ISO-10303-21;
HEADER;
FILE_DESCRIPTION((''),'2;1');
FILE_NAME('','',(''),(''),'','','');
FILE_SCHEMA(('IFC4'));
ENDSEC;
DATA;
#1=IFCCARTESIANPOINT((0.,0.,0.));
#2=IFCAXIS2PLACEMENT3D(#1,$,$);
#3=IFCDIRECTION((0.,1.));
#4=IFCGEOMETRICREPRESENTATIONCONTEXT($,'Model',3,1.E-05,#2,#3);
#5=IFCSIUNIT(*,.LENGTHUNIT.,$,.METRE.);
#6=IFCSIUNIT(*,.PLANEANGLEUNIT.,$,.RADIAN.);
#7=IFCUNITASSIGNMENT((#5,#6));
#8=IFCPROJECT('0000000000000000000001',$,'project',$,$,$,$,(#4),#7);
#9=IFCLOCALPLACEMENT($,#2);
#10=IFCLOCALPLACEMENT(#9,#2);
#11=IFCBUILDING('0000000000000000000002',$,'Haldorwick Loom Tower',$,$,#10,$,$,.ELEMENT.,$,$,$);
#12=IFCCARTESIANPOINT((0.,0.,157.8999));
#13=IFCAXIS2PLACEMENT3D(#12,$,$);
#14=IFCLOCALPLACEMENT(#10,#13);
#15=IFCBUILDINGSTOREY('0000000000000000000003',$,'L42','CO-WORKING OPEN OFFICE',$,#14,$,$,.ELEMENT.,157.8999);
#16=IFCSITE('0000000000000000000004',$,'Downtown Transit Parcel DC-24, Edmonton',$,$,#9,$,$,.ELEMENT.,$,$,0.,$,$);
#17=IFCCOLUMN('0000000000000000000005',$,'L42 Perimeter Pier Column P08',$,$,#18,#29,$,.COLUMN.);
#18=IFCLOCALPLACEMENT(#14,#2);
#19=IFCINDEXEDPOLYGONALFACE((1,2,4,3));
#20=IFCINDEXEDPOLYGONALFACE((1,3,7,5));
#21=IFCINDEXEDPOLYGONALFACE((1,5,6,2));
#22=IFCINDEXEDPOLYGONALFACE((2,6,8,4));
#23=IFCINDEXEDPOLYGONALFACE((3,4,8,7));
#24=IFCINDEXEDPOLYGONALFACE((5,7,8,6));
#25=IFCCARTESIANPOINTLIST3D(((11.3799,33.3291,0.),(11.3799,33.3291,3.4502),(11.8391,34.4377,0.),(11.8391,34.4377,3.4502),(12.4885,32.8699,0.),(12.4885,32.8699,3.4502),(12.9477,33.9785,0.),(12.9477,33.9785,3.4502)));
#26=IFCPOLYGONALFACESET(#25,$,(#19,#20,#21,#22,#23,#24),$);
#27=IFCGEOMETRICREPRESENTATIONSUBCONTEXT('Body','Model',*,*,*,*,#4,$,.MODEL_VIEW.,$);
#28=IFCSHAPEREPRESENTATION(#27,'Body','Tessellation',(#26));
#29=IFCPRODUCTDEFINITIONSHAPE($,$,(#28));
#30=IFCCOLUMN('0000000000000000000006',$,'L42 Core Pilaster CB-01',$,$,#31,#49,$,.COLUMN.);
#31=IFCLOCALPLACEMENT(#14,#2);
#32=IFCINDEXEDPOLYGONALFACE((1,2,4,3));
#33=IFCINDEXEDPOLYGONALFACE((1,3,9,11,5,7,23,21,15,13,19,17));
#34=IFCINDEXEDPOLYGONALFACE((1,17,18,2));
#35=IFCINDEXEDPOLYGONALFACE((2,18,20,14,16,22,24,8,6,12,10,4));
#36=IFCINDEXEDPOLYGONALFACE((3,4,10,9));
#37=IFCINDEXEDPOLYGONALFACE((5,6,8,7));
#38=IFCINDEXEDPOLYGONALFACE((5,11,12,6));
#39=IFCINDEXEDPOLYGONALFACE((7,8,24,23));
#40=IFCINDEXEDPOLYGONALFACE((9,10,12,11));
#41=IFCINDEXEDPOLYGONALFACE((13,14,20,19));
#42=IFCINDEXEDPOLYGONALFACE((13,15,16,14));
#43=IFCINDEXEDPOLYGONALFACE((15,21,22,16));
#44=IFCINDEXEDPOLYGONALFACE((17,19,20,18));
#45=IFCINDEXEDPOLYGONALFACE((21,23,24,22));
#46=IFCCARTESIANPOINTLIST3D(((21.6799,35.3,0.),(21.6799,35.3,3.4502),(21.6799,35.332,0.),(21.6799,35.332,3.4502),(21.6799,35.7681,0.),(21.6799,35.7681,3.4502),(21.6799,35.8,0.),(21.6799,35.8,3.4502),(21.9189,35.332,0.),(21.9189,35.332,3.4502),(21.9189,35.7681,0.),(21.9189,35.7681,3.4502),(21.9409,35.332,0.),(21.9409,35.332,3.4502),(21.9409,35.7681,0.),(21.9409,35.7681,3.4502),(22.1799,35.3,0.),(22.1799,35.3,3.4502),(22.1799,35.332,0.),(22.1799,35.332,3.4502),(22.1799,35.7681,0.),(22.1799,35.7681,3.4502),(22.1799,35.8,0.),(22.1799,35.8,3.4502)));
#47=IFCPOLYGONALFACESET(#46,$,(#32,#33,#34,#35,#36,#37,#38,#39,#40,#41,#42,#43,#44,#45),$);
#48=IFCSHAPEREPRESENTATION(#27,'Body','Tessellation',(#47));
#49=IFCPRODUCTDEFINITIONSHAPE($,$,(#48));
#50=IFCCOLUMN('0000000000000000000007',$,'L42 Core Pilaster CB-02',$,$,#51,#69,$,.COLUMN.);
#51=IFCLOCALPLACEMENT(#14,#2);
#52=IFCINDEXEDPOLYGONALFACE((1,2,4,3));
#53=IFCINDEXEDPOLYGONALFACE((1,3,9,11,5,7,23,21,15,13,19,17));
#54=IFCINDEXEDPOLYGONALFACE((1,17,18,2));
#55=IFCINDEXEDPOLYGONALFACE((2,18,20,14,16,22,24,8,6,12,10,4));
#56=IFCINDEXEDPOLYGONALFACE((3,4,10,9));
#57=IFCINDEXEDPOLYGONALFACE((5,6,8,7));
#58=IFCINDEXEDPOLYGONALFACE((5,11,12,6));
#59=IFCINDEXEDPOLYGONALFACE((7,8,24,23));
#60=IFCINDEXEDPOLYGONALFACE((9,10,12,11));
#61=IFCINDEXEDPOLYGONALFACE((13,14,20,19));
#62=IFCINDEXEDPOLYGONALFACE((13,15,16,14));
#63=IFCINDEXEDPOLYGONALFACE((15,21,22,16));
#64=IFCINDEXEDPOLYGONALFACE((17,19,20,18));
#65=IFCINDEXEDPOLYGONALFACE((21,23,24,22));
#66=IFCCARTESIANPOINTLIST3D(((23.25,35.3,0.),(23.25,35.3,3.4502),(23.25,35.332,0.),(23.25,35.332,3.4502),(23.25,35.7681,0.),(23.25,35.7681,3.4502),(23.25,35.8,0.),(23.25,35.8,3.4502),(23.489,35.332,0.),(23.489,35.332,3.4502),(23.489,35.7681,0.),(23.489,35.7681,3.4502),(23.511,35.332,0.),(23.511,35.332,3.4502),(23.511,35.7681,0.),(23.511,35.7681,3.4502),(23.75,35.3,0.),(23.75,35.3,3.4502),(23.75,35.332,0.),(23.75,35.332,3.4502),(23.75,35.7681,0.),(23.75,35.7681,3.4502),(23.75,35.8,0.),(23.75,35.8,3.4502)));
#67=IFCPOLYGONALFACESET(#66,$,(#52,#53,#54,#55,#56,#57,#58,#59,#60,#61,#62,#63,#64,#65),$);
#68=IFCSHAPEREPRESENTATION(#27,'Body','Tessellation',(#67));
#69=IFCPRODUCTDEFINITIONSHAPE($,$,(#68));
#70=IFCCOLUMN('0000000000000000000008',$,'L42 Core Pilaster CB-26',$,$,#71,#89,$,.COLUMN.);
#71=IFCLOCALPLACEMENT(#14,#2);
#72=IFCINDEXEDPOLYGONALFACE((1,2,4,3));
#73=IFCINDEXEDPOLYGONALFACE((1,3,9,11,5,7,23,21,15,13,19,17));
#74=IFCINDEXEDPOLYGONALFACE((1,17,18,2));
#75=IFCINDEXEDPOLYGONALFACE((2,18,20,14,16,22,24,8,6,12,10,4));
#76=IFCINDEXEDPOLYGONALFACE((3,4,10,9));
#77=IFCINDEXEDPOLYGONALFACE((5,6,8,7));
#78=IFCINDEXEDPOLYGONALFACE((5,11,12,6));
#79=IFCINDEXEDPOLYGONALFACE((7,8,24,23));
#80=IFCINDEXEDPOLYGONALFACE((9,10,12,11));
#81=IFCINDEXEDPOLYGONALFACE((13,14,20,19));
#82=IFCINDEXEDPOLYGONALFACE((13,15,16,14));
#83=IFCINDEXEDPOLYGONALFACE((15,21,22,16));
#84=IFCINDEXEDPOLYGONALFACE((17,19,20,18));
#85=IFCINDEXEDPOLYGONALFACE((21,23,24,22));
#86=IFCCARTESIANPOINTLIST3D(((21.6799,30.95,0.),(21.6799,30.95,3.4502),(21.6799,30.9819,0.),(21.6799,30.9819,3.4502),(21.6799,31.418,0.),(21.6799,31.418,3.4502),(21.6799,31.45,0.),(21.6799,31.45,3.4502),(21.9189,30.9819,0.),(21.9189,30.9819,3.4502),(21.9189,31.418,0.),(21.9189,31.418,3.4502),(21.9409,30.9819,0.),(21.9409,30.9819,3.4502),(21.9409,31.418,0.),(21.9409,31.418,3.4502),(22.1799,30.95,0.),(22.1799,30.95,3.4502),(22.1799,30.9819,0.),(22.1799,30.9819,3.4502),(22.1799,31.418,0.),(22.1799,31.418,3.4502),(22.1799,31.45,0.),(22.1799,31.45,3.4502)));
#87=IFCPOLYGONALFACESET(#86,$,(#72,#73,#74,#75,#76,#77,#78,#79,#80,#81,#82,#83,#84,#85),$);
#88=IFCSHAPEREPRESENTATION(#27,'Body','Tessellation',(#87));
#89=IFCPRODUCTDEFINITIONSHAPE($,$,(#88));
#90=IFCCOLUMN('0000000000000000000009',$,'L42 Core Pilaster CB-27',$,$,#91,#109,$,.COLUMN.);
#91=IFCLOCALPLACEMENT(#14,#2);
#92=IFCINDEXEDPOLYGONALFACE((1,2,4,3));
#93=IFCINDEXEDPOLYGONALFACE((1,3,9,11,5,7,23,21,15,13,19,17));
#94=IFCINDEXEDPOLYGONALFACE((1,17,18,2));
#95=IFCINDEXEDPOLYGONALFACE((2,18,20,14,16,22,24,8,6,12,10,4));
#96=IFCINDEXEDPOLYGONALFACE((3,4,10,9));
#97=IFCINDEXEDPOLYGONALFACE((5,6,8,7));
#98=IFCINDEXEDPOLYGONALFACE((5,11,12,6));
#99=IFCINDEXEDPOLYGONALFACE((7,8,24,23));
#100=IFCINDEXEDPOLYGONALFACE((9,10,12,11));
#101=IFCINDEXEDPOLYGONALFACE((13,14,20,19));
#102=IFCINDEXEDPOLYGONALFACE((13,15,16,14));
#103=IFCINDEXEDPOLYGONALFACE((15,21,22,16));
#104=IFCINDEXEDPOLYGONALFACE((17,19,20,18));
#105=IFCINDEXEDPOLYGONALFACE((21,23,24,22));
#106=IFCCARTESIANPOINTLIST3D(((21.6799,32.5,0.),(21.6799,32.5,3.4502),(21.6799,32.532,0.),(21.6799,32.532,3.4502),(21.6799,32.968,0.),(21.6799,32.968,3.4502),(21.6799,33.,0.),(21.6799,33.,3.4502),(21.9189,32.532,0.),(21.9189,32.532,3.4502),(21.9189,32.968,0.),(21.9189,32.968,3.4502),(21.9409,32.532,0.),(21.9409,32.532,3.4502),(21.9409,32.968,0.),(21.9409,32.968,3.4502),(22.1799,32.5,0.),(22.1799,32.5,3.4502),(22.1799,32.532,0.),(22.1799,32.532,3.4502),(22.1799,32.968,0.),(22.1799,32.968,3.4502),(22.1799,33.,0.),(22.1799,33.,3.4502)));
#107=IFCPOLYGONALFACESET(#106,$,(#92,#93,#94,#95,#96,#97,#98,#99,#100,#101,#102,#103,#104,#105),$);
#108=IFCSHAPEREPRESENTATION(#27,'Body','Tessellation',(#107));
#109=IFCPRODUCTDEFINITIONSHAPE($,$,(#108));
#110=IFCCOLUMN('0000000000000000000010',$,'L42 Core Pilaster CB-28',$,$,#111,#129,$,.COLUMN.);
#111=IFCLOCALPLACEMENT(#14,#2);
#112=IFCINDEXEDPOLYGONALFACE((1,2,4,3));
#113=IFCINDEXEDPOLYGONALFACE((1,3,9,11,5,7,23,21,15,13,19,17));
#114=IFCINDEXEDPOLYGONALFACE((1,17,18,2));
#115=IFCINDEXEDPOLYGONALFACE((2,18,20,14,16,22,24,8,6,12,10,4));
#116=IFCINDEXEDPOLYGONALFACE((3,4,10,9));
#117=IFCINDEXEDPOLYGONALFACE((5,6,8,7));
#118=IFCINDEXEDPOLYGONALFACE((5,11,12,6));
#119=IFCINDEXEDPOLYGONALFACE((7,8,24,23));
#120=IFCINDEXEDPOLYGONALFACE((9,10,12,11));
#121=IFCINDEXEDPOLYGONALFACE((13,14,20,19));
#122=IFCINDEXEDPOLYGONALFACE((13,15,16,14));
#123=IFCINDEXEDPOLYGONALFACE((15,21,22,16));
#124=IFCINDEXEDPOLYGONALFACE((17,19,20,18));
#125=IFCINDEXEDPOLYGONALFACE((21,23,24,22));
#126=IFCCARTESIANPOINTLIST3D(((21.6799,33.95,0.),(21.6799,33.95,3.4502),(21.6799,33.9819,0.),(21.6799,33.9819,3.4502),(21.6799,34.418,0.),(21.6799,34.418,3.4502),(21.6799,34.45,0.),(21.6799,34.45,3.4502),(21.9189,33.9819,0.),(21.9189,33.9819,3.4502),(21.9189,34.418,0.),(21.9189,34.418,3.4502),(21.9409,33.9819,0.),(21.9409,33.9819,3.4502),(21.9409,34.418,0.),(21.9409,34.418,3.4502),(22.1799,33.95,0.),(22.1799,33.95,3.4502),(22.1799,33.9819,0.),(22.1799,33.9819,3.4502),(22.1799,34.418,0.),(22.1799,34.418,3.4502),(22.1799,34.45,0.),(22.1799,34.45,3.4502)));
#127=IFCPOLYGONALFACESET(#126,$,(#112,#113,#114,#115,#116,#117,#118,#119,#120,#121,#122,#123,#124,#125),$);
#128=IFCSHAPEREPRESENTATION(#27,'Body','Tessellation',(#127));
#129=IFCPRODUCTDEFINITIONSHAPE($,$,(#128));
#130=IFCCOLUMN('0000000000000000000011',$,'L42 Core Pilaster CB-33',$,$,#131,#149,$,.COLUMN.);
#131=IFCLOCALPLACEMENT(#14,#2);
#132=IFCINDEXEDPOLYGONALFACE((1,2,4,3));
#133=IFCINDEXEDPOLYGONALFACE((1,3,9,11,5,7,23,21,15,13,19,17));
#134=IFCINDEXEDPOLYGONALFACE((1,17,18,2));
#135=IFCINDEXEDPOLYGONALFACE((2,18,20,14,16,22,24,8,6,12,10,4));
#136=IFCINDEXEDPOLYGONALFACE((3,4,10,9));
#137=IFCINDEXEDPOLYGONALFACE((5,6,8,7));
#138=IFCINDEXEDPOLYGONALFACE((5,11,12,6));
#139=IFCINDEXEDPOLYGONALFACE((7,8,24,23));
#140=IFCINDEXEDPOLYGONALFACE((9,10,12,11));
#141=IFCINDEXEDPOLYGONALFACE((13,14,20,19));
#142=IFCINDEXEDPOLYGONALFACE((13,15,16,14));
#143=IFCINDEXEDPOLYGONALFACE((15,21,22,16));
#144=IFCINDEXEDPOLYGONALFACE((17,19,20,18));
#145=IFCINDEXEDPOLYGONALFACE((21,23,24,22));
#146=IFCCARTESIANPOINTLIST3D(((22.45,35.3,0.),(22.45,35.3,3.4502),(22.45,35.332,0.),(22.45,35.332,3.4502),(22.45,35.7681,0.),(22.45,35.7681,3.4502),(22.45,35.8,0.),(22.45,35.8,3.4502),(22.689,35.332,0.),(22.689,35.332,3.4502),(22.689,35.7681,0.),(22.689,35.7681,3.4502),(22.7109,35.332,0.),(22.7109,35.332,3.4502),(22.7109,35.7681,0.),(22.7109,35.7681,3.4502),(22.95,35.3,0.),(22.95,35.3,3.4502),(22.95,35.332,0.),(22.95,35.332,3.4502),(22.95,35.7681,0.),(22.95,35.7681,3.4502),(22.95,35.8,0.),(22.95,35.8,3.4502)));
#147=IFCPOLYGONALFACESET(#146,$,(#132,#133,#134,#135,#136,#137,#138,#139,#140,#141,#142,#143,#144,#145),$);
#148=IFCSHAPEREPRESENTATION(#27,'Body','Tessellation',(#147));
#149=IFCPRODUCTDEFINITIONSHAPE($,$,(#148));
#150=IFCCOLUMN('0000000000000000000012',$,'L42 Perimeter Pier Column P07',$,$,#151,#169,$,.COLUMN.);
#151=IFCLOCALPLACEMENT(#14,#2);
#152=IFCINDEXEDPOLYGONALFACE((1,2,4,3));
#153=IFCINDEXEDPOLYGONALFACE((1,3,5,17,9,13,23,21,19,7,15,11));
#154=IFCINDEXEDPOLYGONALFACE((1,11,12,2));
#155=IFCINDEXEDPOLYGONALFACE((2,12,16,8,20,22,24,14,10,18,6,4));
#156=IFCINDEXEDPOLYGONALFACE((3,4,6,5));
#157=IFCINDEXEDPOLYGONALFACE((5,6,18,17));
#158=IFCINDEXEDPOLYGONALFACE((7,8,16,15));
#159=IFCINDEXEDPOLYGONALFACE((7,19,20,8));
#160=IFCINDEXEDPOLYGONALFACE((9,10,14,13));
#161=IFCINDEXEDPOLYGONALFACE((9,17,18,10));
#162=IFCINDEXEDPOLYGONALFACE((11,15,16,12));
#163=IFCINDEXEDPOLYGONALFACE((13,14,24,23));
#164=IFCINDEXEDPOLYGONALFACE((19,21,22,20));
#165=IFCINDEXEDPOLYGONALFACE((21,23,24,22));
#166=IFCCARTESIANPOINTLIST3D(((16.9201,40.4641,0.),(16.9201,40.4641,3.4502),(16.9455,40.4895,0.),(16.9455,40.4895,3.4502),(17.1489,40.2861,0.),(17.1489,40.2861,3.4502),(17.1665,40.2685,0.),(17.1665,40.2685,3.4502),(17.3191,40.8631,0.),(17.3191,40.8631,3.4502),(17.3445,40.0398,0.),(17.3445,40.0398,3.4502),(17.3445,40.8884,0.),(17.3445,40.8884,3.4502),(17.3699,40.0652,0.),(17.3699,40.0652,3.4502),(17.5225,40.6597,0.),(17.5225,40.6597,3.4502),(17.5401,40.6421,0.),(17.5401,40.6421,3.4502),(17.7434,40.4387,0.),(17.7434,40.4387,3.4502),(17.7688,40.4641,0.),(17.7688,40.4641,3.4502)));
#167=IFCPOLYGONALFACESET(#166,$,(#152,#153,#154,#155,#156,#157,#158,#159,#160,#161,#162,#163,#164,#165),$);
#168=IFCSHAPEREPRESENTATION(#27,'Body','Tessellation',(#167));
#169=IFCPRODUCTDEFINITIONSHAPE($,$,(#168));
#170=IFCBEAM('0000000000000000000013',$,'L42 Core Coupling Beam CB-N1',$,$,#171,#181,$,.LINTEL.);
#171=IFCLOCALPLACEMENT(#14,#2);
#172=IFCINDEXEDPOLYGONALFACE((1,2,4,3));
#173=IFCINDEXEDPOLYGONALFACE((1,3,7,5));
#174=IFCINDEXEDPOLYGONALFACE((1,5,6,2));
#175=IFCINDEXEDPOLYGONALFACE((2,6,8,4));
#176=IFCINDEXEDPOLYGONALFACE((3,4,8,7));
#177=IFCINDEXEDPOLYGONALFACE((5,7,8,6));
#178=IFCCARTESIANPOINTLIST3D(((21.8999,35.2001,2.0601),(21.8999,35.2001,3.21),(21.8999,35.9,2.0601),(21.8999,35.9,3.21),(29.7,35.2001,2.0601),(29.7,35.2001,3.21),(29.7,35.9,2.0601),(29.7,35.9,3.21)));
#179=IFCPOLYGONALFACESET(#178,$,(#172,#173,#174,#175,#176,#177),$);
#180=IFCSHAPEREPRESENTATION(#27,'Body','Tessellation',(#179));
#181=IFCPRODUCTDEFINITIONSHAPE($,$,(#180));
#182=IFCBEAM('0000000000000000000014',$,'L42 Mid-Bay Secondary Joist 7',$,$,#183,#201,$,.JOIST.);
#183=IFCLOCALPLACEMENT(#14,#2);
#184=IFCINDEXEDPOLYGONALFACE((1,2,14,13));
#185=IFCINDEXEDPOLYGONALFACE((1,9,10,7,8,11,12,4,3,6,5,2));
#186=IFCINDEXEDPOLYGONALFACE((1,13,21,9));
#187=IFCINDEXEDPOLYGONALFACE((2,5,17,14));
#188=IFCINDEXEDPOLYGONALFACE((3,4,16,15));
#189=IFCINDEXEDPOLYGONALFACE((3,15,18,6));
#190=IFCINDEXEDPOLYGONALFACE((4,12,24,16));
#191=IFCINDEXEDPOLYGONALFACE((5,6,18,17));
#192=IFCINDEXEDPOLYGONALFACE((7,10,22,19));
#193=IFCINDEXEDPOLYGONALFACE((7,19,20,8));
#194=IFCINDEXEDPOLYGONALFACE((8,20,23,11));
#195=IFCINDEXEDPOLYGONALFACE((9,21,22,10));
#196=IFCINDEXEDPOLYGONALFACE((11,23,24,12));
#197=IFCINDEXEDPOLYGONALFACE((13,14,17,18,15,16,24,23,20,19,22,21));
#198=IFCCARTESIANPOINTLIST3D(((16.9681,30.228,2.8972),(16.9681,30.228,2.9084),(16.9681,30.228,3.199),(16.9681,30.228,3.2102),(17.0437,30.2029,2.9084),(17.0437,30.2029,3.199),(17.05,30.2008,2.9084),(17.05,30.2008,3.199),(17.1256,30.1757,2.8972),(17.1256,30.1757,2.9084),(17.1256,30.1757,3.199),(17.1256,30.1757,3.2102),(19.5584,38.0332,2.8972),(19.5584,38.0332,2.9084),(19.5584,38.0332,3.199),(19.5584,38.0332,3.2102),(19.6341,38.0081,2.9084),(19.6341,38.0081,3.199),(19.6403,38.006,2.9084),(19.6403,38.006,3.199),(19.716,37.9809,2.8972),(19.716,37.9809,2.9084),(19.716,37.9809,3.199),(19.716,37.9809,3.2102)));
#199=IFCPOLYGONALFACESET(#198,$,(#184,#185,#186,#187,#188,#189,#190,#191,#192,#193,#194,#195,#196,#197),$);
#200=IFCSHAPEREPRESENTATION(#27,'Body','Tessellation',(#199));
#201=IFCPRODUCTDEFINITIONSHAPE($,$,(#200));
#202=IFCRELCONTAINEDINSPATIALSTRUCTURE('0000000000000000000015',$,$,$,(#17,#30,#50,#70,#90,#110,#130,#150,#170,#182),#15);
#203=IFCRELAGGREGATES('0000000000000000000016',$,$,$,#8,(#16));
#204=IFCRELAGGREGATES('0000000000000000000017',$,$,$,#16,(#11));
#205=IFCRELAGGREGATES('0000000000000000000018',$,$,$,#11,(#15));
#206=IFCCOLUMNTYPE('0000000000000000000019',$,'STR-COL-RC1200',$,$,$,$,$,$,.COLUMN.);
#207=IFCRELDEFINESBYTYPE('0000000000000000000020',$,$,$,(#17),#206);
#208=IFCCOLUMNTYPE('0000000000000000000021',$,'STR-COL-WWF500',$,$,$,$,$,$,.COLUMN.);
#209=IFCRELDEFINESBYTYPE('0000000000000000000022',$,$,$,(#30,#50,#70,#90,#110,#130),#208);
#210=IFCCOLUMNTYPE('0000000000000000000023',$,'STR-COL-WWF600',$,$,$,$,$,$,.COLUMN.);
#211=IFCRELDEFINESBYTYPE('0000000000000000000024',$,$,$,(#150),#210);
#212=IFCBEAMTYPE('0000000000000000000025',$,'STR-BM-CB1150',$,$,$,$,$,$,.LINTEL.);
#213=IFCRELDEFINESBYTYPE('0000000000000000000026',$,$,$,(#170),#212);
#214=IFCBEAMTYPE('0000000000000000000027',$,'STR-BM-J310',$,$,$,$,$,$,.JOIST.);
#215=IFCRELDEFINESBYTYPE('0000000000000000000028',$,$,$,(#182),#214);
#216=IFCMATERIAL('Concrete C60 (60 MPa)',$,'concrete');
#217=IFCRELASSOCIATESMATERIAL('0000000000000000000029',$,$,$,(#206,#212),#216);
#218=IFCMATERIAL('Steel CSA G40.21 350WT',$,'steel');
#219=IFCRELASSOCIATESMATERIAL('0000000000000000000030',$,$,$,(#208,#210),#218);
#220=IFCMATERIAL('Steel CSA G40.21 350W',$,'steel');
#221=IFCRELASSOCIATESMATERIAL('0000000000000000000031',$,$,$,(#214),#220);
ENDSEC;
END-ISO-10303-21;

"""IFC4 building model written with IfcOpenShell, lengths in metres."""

from ifc_helpers import new_model, si_unit, direction, frame, origin, origin_2d, place, context, subcontext, project, spatial, rectangle, i_section, extrude, material, material_profile, profile_set, type_object, element, save


model = new_model("IFC4")

# Units and contexts
model_context = context("Model", 3, precision=1e-05, world=origin(), true_north=direction((0.0, 1.0)))
body_context = subcontext(model_context, "Body", "Model", "MODEL_VIEW")
ifc_project = project(units=[si_unit("LENGTHUNIT", "METRE"), si_unit("PLANEANGLEUNIT", "RADIAN")], contexts=[model_context])

# Site, building, storey
site_placement = place(None, origin())
site = spatial("IfcSite", under=ifc_project, at=site_placement, Name="Downtown Transit Parcel DC-24, Edmonton", CompositionType="ELEMENT", RefElevation=0.0)
building_placement = place(site_placement, origin())
building = spatial("IfcBuilding", under=site, at=building_placement, Name="Haldorwick Loom Tower", CompositionType="ELEMENT")
storey_placement = place(building_placement, frame((0.0, 0.0, 157.8999)))
storey = spatial("IfcBuildingStorey", under=building, at=storey_placement, Name="L42", Description="CO-WORKING OPEN OFFICE", CompositionType="ELEMENT", Elevation=157.8999)

# Columns
ifc_material_1 = material(Name="Concrete C60 (60 MPa)", Category="concrete")
ifc_material_profile_1 = material_profile(ifc_material_1, rectangle(XDim=1.2, YDim=1.2, at=origin_2d()), Name="RC1200X1200", Category="concrete")
ifc_profile_set_1 = profile_set([ifc_material_profile_1], Name="Concrete C60 (60 MPa)")
column_type_1 = type_object("IfcColumnType", Name="STR-COL-RC1200", PredefinedType="COLUMN", material=ifc_profile_set_1)
column_1_placement = place(storey_placement, frame((12.1638, 33.6538, 0.0), z_axis=(0.0, 0.0, 1.0), x_axis=(-0.92388, 0.382683, 0.0)))
element("IfcColumn", 1, at=column_1_placement, inside=storey, type_object=column_type_1, Name="L42 Perimeter Pier Column P08", PredefinedType="COLUMN", context=body_context, shape_type="SweptSolid", body=[
    extrude(rectangle(XDim=1.2, YDim=1.2, at=origin_2d()), origin(), (0.0, 0.0, 1.0), 3.4502),
])
ifc_material_2 = material(Name="Steel CSA G40.21 350WT", Category="steel")
ifc_material_profile_2 = material_profile(ifc_material_2, i_section(OverallWidth=0.5, OverallDepth=0.5, WebThickness=0.022, FlangeThickness=0.032, at=origin_2d()), Name="WWF500X500", Category="steel")
ifc_profile_set_2 = profile_set([ifc_material_profile_2], Name="Steel CSA G40.21 350WT")
column_type_2 = type_object("IfcColumnType", Name="STR-COL-WWF500", PredefinedType="COLUMN", material=ifc_profile_set_2)
for number, where, z_axis, x_axis, name in (
    (2, (21.9299, 35.55, 0.0), (0.0, 0.0, 1.0), (1.0, 0.0, 0.0), "L42 Core Pilaster CB-01"),
    (3, (23.5, 35.55, 0.0), (0.0, 0.0, 1.0), (1.0, 0.0, 0.0), "L42 Core Pilaster CB-02"),
    (4, (21.9299, 31.2, 0.0), (0.0, 0.0, 1.0), (1.0, 0.0, 0.0), "L42 Core Pilaster CB-26"),
    (5, (21.9299, 32.75, 0.0), (0.0, 0.0, 1.0), (1.0, 0.0, 0.0), "L42 Core Pilaster CB-27"),
    (6, (21.9299, 34.2, 0.0), (0.0, 0.0, 1.0), (1.0, 0.0, 0.0), "L42 Core Pilaster CB-28"),
    (7, (22.7, 35.55, 0.0), (0.0, 0.0, 1.0), (1.0, 0.0, 0.0), "L42 Core Pilaster CB-33"),
):
    element("IfcColumn", number, at=place(storey_placement, frame(where, z_axis=z_axis, x_axis=x_axis)), inside=storey, type_object=column_type_2, Name=name, PredefinedType="COLUMN", context=body_context, shape_type="SweptSolid", body=[
        extrude(i_section(OverallWidth=0.5, OverallDepth=0.5, WebThickness=0.022, FlangeThickness=0.032, at=origin_2d()), origin(), (0.0, 0.0, 1.0), 3.4502),
    ])
ifc_material_profile_3 = material_profile(ifc_material_2, i_section(OverallWidth=0.6001, OverallDepth=0.6001, WebThickness=0.0249, FlangeThickness=0.0359, at=origin_2d()), Name="WWF600X600", Category="steel")
ifc_profile_set_3 = profile_set([ifc_material_profile_3], Name="Steel CSA G40.21 350WT")
column_type_3 = type_object("IfcColumnType", Name="STR-COL-WWF600", PredefinedType="COLUMN", material=ifc_profile_set_3)
column_2_placement = place(storey_placement, frame((17.3445, 40.4641, 0.0), z_axis=(0.0, 0.0, 1.0), x_axis=(-0.707107, 0.707107, 0.0)))
element("IfcColumn", 8, at=column_2_placement, inside=storey, type_object=column_type_3, Name="L42 Perimeter Pier Column P07", PredefinedType="COLUMN", context=body_context, shape_type="SweptSolid", body=[
    extrude(i_section(OverallWidth=0.6001, OverallDepth=0.6001, WebThickness=0.0249, FlangeThickness=0.0359, at=origin_2d()), origin(), (0.0, 0.0, 1.0), 3.4502),
])

# Beams
ifc_material_profile_4 = material_profile(ifc_material_1, rectangle(XDim=0.7, YDim=1.1499, at=origin_2d()), Name="RC700X1150", Category="concrete")
ifc_profile_set_4 = profile_set([ifc_material_profile_4], Name="Concrete C60 (60 MPa)")
beam_type_1 = type_object("IfcBeamType", Name="STR-BM-CB1150", PredefinedType="LINTEL", material=ifc_profile_set_4)
beam_1_placement = place(storey_placement, frame((21.8999, 35.55, 2.635), z_axis=(1.0, 0.0, 0.0), x_axis=(0.0, 1.0, 0.0)))
element("IfcBeam", 9, at=beam_1_placement, inside=storey, type_object=beam_type_1, Name="L42 Core Coupling Beam CB-N1", PredefinedType="LINTEL", context=body_context, shape_type="SweptSolid", body=[
    extrude(rectangle(XDim=0.7, YDim=1.1499, at=origin_2d()), origin(), (0.0, 0.0, 1.0), 7.8),
])
ifc_material_3 = material(Name="Steel CSA G40.21 350W", Category="steel")
ifc_material_profile_5 = material_profile(ifc_material_3, i_section(OverallWidth=0.166, OverallDepth=0.313, WebThickness=0.0066, FlangeThickness=0.0112, at=origin_2d()), Name="W310X45", Category="steel")
ifc_profile_set_5 = profile_set([ifc_material_profile_5], Name="Steel CSA G40.21 350W")
beam_type_2 = type_object("IfcBeamType", Name="STR-BM-J310", PredefinedType="JOIST", material=ifc_profile_set_5)
beam_2_placement = place(storey_placement, frame((19.6372, 38.0071, 3.0537), z_axis=(-0.314981, -0.949098, 0.0), x_axis=(0.949098, -0.314981, 0.0)))
element("IfcBeam", 10, at=beam_2_placement, inside=storey, type_object=beam_type_2, Name="L42 Mid-Bay Secondary Joist 7", PredefinedType="JOIST", context=body_context, shape_type="SweptSolid", body=[
    extrude(i_section(OverallWidth=0.166, OverallDepth=0.313, WebThickness=0.0066, FlangeThickness=0.0112, at=origin_2d()), origin(), (0.0, 0.0, 1.0), 8.2239),
])

save(model, "model.ifc")
